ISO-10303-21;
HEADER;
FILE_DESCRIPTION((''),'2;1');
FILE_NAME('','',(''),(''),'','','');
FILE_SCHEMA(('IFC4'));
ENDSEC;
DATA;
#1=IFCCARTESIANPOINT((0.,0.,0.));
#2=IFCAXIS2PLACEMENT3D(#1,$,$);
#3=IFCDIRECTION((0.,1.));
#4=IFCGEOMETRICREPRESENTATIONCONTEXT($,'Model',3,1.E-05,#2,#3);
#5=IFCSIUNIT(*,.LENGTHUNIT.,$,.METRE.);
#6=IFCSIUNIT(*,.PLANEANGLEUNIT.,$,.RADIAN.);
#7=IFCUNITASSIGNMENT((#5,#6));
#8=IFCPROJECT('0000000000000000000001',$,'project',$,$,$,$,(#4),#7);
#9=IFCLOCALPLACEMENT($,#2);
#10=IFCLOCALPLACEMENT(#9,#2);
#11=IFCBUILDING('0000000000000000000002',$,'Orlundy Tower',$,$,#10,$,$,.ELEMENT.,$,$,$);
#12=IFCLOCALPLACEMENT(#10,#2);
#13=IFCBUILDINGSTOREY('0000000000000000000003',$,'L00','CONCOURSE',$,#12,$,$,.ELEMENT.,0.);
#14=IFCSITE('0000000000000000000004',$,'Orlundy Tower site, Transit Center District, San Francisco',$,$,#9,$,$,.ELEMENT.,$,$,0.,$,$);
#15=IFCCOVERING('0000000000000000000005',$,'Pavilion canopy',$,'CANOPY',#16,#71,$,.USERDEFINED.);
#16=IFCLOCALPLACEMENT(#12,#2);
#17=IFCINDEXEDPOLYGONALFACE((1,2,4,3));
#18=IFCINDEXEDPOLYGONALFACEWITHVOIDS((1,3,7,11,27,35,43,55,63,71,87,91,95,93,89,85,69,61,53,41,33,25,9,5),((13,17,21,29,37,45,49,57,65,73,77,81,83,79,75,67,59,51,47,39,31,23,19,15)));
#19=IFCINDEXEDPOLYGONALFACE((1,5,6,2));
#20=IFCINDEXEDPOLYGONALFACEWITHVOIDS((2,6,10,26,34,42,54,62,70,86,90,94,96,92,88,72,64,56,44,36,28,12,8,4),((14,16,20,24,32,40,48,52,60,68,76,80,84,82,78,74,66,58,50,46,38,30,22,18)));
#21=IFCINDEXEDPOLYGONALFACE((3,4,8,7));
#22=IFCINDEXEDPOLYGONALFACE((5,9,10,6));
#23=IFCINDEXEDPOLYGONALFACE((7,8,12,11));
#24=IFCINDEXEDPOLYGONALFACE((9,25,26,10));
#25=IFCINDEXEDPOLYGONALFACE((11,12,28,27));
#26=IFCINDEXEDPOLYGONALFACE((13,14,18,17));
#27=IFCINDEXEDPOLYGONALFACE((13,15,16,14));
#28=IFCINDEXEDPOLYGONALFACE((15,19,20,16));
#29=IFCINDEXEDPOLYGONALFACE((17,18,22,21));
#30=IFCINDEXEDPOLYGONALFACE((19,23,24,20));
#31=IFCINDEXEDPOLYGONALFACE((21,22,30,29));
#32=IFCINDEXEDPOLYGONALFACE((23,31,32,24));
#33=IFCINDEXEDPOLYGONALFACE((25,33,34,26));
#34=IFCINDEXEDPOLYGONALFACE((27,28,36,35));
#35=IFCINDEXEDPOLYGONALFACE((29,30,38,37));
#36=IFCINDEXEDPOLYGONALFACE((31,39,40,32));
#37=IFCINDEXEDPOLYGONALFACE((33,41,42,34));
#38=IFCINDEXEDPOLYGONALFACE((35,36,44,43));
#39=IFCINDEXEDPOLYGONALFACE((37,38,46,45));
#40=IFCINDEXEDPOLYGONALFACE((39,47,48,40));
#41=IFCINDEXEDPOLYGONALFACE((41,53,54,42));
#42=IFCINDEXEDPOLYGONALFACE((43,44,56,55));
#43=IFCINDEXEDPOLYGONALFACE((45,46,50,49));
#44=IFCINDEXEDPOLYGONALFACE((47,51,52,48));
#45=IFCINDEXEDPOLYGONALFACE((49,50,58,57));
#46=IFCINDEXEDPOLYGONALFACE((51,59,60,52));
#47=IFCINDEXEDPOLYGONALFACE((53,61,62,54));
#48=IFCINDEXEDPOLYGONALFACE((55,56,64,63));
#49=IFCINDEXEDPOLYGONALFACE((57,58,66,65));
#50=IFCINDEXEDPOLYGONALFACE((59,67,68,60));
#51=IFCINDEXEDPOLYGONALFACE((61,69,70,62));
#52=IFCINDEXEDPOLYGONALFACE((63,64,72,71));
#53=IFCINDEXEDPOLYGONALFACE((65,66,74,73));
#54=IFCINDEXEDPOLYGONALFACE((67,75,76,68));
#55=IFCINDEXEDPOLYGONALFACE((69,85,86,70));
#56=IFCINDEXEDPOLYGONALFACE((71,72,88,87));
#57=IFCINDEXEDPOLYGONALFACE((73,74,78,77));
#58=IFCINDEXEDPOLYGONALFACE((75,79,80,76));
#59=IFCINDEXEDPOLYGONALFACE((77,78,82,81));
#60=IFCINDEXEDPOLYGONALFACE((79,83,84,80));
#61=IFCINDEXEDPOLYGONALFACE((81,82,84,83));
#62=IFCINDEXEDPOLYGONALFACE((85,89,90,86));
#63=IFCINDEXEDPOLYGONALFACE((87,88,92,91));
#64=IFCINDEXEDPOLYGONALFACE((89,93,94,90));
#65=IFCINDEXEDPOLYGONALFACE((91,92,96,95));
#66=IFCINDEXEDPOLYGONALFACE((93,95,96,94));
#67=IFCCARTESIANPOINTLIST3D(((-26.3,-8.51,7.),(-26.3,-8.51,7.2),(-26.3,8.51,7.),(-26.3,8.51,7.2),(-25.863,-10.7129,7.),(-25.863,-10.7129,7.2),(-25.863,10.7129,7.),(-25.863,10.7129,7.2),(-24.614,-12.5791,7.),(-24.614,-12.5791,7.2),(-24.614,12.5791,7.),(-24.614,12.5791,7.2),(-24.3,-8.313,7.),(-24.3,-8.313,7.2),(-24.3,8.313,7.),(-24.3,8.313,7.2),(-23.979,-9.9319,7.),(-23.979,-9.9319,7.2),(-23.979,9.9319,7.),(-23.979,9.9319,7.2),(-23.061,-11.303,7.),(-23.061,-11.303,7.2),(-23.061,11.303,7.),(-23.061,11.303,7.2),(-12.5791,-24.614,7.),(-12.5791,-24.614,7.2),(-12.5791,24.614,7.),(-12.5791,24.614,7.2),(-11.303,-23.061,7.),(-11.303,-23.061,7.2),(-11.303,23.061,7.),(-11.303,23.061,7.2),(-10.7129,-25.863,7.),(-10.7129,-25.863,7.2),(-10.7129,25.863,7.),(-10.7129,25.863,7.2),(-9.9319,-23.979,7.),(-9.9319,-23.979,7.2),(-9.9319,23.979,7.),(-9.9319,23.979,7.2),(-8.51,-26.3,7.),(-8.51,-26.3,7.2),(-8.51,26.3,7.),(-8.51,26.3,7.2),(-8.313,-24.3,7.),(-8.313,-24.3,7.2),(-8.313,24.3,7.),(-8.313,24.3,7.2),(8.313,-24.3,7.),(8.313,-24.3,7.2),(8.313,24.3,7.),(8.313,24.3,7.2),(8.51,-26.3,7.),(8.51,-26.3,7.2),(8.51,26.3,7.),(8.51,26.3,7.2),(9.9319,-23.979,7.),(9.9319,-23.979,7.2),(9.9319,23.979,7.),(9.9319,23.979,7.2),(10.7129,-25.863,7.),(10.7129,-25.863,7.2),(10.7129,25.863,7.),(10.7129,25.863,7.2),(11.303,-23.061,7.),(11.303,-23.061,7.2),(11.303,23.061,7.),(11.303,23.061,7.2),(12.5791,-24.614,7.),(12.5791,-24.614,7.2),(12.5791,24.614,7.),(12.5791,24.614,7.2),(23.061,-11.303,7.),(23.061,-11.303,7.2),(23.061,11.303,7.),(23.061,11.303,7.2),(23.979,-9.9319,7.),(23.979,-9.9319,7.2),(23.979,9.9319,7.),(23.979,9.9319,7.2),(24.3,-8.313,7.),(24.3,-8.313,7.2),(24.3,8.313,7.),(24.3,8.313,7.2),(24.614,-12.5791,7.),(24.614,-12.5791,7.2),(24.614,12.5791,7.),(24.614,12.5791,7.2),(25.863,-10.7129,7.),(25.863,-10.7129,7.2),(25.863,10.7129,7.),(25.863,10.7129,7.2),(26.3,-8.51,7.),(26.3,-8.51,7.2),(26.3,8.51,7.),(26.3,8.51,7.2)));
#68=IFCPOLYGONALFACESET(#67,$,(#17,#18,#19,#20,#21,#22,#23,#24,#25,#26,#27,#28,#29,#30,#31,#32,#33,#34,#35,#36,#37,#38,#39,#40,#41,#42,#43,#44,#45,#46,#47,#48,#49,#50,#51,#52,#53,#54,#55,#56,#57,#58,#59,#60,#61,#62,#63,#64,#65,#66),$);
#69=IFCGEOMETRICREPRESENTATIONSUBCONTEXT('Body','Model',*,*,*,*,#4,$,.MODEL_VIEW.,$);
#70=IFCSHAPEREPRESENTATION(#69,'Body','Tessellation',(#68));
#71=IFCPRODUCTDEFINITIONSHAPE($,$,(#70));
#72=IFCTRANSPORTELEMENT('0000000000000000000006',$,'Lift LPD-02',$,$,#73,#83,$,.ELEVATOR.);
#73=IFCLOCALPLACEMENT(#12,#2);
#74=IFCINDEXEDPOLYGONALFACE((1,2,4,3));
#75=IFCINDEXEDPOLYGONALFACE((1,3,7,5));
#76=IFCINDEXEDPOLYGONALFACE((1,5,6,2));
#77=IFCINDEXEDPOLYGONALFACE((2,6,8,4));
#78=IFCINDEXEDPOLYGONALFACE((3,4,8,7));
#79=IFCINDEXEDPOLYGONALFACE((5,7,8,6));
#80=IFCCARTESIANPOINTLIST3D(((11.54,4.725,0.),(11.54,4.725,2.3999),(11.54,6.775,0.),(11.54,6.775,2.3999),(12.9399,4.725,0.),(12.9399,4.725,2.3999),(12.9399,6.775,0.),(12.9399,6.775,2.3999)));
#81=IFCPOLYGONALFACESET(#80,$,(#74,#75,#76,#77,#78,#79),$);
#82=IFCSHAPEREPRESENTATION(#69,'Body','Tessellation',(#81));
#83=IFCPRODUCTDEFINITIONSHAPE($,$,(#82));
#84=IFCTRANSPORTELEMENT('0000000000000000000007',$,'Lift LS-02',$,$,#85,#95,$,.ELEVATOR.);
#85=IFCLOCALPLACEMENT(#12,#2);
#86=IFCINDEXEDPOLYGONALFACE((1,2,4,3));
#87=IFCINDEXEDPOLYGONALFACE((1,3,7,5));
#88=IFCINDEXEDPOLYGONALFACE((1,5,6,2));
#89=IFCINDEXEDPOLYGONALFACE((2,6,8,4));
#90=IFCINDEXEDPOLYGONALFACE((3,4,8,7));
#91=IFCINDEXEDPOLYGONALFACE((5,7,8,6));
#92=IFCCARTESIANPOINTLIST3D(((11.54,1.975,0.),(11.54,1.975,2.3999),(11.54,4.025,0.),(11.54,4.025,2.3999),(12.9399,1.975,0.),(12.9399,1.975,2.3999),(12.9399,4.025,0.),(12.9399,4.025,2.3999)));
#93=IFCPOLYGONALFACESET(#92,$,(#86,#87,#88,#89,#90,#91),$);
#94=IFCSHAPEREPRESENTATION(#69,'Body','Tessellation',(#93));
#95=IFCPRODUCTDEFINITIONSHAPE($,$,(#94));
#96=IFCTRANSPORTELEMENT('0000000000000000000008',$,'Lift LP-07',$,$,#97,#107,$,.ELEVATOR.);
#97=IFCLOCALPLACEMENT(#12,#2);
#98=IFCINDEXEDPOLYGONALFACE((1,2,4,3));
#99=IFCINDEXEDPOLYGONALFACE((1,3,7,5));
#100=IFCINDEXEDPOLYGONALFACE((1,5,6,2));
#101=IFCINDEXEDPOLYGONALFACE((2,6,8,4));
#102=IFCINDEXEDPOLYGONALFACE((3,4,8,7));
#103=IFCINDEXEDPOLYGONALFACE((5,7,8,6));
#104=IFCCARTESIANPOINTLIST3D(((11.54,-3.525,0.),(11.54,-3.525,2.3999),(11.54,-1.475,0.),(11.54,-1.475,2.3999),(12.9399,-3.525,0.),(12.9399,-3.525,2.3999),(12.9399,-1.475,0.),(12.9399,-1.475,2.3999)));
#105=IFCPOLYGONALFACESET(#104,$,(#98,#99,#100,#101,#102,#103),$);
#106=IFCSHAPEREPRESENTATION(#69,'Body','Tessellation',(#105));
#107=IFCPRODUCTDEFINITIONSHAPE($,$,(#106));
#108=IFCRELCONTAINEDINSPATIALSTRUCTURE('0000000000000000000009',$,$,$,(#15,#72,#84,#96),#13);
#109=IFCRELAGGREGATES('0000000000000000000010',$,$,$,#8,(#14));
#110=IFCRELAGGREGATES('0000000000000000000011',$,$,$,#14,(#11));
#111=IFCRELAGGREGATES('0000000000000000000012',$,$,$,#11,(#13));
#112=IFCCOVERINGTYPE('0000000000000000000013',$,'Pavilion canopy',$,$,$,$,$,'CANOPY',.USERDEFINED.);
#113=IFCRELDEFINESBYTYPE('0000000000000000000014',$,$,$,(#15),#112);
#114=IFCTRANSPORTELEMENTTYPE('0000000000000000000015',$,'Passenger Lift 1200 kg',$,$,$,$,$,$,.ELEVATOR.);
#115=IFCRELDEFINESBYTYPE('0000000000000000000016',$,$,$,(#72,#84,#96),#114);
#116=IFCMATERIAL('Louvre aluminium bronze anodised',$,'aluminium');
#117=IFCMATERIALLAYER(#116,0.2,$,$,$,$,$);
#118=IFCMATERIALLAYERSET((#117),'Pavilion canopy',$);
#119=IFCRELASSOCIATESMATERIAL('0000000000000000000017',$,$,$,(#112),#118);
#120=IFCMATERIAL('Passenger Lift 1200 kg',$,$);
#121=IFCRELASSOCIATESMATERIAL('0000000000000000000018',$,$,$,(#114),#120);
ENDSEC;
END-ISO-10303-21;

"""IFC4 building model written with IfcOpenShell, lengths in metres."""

from ifc_helpers import new_model, si_unit, direction, frame, origin, origin_2d, place, context, subcontext, project, spatial, polyline, rectangle, outline, extrude, material, layer, layer_set, type_object, element, save


model = new_model("IFC4")

# Units and contexts
model_context = context("Model", 3, precision=1e-05, world=origin(), true_north=direction((0.0, 1.0)))
body_context = subcontext(model_context, "Body", "Model", "MODEL_VIEW")
ifc_project = project(units=[si_unit("LENGTHUNIT", "METRE"), si_unit("PLANEANGLEUNIT", "RADIAN")], contexts=[model_context])

# Site, building, storey
site_placement = place(None, origin())
site = spatial("IfcSite", under=ifc_project, at=site_placement, Name="Orlundy Tower site, Transit Center District, San Francisco", CompositionType="ELEMENT", RefElevation=0.0)
building_placement = place(site_placement, origin())
building = spatial("IfcBuilding", under=site, at=building_placement, Name="Orlundy Tower", CompositionType="ELEMENT")
storey_placement = place(building_placement, origin())
storey = spatial("IfcBuildingStorey", under=building, at=storey_placement, Name="L00", Description="CONCOURSE", CompositionType="ELEMENT", Elevation=0.0)

# Covering
ifc_material_1 = material(Name="Louvre aluminium bronze anodised", Category="aluminium")
ifc_layer_1 = layer(ifc_material_1, 0.2)
ifc_layer_set_1 = layer_set([ifc_layer_1], Name="Pavilion canopy")
covering_type = type_object("IfcCoveringType", Name="Pavilion canopy", ElementType="CANOPY", PredefinedType="USERDEFINED", material=ifc_layer_set_1)
covering_placement = place(storey_placement, frame((0.0, 0.0, 7.0)))
element("IfcCovering", 1, at=covering_placement, inside=storey, type_object=covering_type, Name="Pavilion canopy", ObjectType="CANOPY", PredefinedType="USERDEFINED", context=body_context, shape_type="SweptSolid", body=[
    extrude(outline(polyline([(-12.5791, -24.614), (-24.614, -12.5791), (-25.863, -10.7129), (-26.3, -8.51), (-26.3, 8.51), (-25.863, 10.7129), (-24.614, 12.5791), (-12.5791, 24.614), (-10.7129, 25.863), (-8.51, 26.3), (8.51, 26.3), (10.7129, 25.863), (12.5791, 24.614), (24.614, 12.5791), (25.863, 10.7129), (26.3, 8.51), (26.3, -8.51), (25.863, -10.7129), (24.614, -12.5791), (12.5791, -24.614), (10.7129, -25.863), (8.51, -26.3), (-8.51, -26.3), (-10.7129, -25.863), (-12.5791, -24.614)]), holes=[polyline([(9.9319, -23.979), (11.303, -23.061), (23.061, -11.303), (23.979, -9.9319), (24.3, -8.313), (24.3, 8.313), (23.979, 9.9319), (23.061, 11.303), (11.303, 23.061), (9.9319, 23.979), (8.313, 24.3), (-8.313, 24.3), (-9.9319, 23.979), (-11.303, 23.061), (-23.061, 11.303), (-23.979, 9.9319), (-24.3, 8.313), (-24.3, -8.313), (-23.979, -9.9319), (-23.061, -11.303), (-11.303, -23.061), (-9.9319, -23.979), (-8.313, -24.3), (8.313, -24.3), (9.9319, -23.979)])]), origin(), (0.0, 0.0, 1.0), 0.2),
])

# Transport elements
ifc_material_2 = material(Name="Passenger Lift 1200 kg")
transport_element_type = type_object("IfcTransportElementType", Name="Passenger Lift 1200 kg", PredefinedType="ELEVATOR", material=ifc_material_2)
for number, where, z_axis, x_axis, name in (
    (2, (12.24, 5.75, 0.0), (0.0, 0.0, 1.0), (1.0, 0.0, 0.0), "Lift LPD-02"),
    (3, (12.24, 3.0, 0.0), (0.0, 0.0, 1.0), (1.0, 0.0, 0.0), "Lift LS-02"),
    (4, (12.24, -2.5, 0.0), (0.0, 0.0, 1.0), (1.0, 0.0, 0.0), "Lift LP-07"),
):
    element("IfcTransportElement", number, at=place(storey_placement, frame(where, z_axis=z_axis, x_axis=x_axis)), inside=storey, type_object=transport_element_type, Name=name, PredefinedType="ELEVATOR", context=body_context, shape_type="SweptSolid", body=[
        extrude(rectangle(XDim=1.3999, YDim=2.05, at=origin_2d()), origin(), (0.0, 0.0, 1.0), 2.3999),
    ])

save(model, "model.ifc")
